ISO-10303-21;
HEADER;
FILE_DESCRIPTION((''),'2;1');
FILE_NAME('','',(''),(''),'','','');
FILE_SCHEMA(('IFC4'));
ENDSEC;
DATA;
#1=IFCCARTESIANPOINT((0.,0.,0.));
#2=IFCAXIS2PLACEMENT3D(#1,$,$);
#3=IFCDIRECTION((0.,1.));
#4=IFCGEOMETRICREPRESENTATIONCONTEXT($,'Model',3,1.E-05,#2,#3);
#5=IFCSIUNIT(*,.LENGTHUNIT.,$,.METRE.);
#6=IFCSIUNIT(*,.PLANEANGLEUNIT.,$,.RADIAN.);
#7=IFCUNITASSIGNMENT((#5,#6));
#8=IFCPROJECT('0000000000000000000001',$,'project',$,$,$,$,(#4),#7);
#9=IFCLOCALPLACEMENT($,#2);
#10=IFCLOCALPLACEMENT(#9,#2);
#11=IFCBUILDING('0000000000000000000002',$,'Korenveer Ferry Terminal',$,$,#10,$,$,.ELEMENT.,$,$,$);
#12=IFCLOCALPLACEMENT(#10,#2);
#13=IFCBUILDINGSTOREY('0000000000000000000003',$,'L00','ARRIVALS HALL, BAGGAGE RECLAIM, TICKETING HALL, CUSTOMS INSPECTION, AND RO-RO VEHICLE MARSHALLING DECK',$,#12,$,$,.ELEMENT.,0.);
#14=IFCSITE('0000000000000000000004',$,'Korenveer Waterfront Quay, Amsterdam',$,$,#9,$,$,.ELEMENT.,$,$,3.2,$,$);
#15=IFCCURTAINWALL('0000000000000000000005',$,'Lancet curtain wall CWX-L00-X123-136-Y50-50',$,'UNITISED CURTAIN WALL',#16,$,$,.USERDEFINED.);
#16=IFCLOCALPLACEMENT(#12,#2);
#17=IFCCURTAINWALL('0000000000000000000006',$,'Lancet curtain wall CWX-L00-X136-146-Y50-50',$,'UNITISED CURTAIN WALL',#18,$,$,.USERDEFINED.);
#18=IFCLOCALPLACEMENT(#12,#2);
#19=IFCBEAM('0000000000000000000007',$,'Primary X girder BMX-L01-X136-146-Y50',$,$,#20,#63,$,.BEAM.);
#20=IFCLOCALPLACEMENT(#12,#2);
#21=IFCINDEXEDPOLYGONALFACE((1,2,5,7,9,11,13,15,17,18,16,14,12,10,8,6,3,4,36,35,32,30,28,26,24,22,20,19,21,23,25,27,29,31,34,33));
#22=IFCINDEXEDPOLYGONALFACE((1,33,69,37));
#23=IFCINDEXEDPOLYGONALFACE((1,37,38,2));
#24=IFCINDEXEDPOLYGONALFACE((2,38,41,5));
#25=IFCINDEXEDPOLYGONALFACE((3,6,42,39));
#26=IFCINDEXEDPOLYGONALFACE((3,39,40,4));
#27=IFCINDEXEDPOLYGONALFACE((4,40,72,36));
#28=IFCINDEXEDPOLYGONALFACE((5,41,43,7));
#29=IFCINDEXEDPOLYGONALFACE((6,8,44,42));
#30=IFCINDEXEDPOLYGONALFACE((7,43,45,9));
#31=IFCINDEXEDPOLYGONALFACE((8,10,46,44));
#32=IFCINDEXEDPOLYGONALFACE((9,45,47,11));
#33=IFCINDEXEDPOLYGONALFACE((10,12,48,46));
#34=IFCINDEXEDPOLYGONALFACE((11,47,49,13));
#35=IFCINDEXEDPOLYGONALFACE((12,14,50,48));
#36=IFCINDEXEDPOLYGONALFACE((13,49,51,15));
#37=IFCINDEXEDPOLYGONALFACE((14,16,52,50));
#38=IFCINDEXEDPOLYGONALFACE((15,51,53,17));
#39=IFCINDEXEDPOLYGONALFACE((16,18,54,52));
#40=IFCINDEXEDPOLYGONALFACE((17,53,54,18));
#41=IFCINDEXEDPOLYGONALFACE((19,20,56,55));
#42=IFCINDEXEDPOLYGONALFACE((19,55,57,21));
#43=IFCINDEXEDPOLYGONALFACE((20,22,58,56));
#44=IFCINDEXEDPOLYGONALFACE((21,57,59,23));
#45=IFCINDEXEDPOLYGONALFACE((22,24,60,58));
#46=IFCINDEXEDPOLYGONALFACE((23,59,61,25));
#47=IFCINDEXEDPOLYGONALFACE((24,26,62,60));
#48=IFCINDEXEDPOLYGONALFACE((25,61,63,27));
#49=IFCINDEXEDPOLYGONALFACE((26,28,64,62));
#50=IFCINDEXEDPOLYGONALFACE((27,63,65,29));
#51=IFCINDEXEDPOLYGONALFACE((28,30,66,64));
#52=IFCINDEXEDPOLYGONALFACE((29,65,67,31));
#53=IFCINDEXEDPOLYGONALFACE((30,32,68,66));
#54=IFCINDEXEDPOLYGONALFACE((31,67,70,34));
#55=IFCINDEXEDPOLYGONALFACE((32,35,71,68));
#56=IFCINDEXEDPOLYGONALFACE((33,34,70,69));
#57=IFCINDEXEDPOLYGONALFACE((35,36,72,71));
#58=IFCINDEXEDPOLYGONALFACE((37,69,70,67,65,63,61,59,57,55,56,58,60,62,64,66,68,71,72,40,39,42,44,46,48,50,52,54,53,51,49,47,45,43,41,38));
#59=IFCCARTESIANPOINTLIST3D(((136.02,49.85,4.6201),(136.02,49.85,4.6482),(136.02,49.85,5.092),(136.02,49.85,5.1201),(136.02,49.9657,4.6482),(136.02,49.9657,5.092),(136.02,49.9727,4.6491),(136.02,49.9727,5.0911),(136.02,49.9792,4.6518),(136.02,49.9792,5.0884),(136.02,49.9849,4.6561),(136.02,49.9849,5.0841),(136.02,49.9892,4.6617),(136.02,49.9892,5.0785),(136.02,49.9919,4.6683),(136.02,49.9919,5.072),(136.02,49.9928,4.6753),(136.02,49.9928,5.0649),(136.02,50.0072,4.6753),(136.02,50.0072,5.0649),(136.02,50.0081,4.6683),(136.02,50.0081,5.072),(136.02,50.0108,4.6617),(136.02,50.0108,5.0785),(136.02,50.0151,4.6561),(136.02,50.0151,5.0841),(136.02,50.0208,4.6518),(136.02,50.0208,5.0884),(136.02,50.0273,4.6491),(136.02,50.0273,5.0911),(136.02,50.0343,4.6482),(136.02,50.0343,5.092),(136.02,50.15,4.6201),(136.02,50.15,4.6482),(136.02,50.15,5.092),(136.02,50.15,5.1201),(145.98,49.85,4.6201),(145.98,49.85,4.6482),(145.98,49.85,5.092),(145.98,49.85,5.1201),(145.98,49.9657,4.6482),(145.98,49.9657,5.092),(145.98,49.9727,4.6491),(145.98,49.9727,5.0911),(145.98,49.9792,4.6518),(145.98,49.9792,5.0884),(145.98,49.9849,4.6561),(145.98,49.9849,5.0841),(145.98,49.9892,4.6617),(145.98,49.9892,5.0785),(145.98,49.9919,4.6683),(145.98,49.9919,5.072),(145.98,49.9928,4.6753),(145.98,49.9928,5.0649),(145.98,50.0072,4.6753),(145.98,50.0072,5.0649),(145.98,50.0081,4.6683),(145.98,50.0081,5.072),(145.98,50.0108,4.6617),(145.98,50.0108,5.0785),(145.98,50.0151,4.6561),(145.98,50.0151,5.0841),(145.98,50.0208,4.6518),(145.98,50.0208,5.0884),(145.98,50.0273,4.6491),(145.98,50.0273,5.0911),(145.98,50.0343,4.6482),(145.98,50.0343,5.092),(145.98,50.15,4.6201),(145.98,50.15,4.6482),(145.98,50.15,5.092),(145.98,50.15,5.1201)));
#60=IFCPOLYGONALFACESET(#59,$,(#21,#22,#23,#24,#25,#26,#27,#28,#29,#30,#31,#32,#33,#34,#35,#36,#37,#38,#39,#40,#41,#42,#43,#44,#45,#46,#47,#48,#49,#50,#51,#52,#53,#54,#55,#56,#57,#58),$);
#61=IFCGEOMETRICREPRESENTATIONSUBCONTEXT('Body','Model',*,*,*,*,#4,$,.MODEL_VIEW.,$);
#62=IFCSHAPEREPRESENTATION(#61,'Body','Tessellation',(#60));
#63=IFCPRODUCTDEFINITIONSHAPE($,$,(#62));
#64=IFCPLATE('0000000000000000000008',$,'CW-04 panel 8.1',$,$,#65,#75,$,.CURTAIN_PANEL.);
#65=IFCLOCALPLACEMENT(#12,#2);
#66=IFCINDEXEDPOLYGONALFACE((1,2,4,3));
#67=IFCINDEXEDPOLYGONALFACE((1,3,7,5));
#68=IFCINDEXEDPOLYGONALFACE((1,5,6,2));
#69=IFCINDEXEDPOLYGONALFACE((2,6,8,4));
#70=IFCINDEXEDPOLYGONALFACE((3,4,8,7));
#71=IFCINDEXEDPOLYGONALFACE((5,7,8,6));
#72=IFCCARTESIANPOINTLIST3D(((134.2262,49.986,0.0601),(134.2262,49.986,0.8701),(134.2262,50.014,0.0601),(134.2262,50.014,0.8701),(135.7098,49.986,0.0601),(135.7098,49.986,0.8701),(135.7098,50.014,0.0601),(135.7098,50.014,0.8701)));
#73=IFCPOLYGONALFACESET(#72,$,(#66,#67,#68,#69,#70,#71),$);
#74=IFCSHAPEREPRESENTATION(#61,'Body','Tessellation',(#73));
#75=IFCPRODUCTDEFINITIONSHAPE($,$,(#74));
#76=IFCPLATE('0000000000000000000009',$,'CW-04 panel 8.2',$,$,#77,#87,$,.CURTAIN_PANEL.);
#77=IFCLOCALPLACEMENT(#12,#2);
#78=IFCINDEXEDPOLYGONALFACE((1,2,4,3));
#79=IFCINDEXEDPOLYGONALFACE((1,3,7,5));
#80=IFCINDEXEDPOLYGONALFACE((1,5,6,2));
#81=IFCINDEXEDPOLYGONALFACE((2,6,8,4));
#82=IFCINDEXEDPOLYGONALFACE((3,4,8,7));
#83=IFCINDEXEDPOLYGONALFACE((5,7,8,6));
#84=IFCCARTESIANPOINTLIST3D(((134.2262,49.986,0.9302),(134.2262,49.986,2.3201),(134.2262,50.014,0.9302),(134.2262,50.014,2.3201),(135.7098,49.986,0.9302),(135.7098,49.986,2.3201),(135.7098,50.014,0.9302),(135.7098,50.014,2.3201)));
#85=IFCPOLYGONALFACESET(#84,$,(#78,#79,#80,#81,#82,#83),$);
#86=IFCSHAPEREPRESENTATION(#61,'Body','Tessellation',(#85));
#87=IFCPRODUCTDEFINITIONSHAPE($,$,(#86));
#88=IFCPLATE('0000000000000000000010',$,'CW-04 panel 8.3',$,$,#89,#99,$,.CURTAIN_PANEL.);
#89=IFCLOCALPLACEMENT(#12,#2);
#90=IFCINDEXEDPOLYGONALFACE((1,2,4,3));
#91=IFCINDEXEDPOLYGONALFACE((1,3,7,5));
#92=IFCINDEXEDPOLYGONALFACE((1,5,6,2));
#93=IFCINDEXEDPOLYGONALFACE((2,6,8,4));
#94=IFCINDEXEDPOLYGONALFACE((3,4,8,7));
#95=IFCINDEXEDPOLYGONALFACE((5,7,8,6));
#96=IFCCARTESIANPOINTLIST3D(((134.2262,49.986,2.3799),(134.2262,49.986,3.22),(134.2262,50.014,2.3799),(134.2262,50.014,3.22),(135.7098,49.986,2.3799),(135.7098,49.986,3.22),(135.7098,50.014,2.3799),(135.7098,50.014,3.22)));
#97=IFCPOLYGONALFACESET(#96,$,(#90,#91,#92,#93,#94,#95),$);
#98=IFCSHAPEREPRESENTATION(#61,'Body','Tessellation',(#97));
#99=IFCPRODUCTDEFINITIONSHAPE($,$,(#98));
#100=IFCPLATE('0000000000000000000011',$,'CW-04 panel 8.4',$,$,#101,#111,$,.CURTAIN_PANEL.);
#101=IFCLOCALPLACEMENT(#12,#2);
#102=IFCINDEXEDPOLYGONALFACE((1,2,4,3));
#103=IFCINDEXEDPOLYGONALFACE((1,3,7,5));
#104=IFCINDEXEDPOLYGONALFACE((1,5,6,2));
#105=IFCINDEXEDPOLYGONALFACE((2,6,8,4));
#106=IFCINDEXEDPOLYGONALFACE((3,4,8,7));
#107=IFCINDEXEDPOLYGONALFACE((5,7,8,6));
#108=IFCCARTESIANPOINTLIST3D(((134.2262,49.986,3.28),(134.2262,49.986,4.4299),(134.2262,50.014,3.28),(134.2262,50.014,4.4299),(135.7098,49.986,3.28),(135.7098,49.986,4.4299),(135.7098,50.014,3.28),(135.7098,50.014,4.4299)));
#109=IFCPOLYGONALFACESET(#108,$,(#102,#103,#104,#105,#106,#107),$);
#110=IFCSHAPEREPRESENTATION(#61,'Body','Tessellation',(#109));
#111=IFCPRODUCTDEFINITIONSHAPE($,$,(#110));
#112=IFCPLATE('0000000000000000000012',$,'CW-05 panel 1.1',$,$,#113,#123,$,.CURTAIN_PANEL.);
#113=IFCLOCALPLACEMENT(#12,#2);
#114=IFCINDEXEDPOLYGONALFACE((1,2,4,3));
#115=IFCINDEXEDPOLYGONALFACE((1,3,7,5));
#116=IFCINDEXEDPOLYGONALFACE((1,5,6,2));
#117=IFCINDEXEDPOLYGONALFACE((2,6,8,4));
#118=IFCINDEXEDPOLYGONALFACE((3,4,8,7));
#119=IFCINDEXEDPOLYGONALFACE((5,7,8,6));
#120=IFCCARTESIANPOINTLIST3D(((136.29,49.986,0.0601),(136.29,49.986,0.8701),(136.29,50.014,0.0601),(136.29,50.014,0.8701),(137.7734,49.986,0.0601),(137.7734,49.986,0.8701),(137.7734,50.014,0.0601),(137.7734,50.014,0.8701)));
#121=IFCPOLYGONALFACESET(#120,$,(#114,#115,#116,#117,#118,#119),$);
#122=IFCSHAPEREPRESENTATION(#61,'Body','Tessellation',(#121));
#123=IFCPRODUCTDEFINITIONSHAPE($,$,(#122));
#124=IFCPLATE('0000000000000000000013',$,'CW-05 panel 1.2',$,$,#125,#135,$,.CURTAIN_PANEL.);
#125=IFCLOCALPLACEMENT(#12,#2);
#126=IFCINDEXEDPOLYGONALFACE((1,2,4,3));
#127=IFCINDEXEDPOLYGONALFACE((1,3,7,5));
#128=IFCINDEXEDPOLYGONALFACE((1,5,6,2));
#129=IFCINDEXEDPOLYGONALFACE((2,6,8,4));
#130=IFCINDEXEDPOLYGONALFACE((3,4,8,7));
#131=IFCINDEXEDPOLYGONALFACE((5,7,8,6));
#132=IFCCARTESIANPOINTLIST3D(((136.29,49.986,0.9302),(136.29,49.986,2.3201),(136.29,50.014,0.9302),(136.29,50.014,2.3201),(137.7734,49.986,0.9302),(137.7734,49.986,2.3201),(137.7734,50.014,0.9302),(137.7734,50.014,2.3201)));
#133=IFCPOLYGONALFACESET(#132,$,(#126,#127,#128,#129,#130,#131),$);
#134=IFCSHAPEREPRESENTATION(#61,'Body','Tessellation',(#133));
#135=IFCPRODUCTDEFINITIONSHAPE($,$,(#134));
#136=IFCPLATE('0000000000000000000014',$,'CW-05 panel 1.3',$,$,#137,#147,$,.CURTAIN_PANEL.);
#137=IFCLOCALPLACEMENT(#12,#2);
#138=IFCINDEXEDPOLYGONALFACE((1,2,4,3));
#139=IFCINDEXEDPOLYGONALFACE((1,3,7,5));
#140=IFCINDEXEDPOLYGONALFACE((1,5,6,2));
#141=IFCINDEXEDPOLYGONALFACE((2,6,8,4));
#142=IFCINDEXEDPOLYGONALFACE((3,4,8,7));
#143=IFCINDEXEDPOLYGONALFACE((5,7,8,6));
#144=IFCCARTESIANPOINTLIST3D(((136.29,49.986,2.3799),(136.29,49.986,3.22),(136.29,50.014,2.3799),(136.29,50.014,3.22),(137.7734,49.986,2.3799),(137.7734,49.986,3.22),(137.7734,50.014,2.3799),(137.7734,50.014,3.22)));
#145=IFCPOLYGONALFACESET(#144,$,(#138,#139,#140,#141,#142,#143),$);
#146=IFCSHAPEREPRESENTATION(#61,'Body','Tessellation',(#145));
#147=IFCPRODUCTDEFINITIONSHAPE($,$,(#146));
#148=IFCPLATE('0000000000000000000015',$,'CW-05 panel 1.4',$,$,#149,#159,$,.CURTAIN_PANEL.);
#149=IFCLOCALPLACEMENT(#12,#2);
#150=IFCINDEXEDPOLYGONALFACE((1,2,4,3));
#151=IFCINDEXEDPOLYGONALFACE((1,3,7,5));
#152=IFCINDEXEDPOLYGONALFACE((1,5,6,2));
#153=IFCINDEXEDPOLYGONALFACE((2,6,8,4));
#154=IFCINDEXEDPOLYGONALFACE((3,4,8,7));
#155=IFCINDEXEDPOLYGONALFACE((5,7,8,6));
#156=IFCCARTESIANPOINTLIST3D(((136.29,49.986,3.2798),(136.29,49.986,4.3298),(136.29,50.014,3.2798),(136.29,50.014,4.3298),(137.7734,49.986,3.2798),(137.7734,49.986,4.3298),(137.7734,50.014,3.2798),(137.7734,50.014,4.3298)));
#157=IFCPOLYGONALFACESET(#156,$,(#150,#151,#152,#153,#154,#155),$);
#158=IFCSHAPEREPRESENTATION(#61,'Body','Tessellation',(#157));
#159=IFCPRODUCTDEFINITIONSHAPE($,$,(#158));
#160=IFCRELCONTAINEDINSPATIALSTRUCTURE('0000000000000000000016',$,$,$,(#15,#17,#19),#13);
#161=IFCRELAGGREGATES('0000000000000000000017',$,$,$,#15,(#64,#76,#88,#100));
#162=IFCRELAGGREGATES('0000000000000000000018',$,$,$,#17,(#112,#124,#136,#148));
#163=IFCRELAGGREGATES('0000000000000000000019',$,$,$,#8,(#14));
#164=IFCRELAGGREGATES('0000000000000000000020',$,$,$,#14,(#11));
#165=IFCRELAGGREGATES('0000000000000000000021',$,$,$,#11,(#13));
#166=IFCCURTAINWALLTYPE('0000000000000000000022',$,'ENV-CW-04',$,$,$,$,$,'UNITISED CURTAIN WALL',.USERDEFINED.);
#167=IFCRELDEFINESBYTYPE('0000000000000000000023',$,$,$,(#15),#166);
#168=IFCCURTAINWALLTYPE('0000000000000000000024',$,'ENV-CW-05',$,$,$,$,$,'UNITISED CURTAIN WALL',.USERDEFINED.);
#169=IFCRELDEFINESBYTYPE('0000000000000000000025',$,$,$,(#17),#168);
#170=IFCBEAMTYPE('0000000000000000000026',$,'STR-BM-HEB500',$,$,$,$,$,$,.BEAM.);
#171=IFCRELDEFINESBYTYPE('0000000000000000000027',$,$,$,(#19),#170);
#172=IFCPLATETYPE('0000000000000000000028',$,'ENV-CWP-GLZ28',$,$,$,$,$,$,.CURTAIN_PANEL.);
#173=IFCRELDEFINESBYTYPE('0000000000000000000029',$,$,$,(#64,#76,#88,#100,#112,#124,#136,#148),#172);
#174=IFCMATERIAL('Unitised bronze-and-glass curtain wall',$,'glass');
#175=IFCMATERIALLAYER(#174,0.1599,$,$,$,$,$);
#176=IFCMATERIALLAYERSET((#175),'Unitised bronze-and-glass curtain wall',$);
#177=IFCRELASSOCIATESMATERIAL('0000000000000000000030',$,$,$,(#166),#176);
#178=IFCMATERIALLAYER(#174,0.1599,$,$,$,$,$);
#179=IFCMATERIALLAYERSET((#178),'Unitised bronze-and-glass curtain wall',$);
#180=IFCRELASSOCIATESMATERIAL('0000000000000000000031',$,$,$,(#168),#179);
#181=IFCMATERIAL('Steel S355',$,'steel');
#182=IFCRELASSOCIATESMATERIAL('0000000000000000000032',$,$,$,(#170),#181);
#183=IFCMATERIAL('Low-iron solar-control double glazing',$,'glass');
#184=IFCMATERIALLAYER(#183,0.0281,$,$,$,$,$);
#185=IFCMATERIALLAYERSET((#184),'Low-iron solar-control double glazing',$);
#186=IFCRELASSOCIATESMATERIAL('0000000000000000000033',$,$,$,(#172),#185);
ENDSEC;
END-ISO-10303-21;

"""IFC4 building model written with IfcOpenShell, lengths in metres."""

from ifc_helpers import new_model, si_unit, direction, frame, origin, origin_2d, place, context, subcontext, project, spatial, rectangle, i_section, extrude, material, layer, layer_set, material_profile, profile_set, type_object, element, aggregate, save


model = new_model("IFC4")

# Units and contexts
model_context = context("Model", 3, precision=1e-05, world=origin(), true_north=direction((0.0, 1.0)))
body_context = subcontext(model_context, "Body", "Model", "MODEL_VIEW")
ifc_project = project(units=[si_unit("LENGTHUNIT", "METRE"), si_unit("PLANEANGLEUNIT", "RADIAN")], contexts=[model_context])

# Site, building, storey
site_placement = place(None, origin())
site = spatial("IfcSite", under=ifc_project, at=site_placement, Name="Korenveer Waterfront Quay, Amsterdam", CompositionType="ELEMENT", RefElevation=3.2)
building_placement = place(site_placement, origin())
building = spatial("IfcBuilding", under=site, at=building_placement, Name="Korenveer Ferry Terminal", CompositionType="ELEMENT")
storey_placement = place(building_placement, origin())
storey = spatial("IfcBuildingStorey", under=building, at=storey_placement, Name="L00", Description="ARRIVALS HALL, BAGGAGE RECLAIM, TICKETING HALL, CUSTOMS INSPECTION, AND RO-RO VEHICLE MARSHALLING DECK", CompositionType="ELEMENT", Elevation=0.0)

# Curtain walls
ifc_material_1 = material(Name="Unitised bronze-and-glass curtain wall", Category="glass")
ifc_layer_1 = layer(ifc_material_1, 0.1599)
ifc_layer_set_1 = layer_set([ifc_layer_1], Name="Unitised bronze-and-glass curtain wall")
curtain_wall_type_1 = type_object("IfcCurtainWallType", Name="ENV-CW-04", ElementType="UNITISED CURTAIN WALL", PredefinedType="USERDEFINED", material=ifc_layer_set_1)
curtain_wall_1_placement = place(storey_placement, frame((123.1799, 50.0, 0.0)))
curtain_wall_1 = element("IfcCurtainWall", 1, at=curtain_wall_1_placement, inside=storey, type_object=curtain_wall_type_1, Name="Lancet curtain wall CWX-L00-X123-136-Y50-50", ObjectType="UNITISED CURTAIN WALL", PredefinedType="USERDEFINED")
ifc_layer_2 = layer(ifc_material_1, 0.1599)
ifc_layer_set_2 = layer_set([ifc_layer_2], Name="Unitised bronze-and-glass curtain wall")
curtain_wall_type_2 = type_object("IfcCurtainWallType", Name="ENV-CW-05", ElementType="UNITISED CURTAIN WALL", PredefinedType="USERDEFINED", material=ifc_layer_set_2)
curtain_wall_2_placement = place(storey_placement, frame((136.23, 50.0, 0.0)))
curtain_wall_2 = element("IfcCurtainWall", 2, at=curtain_wall_2_placement, inside=storey, type_object=curtain_wall_type_2, Name="Lancet curtain wall CWX-L00-X136-146-Y50-50", ObjectType="UNITISED CURTAIN WALL", PredefinedType="USERDEFINED")

# Beam
ifc_material_2 = material(Name="Steel S355", Category="steel")
ifc_material_profile_1 = material_profile(ifc_material_2, i_section(OverallWidth=0.3, OverallDepth=0.5, WebThickness=0.0144, FlangeThickness=0.0281, FilletRadius=0.0271, at=origin_2d()), Name="HEB 500")
ifc_profile_set_1 = profile_set([ifc_material_profile_1], Name="Steel S355")
beam_type = type_object("IfcBeamType", Name="STR-BM-HEB500", PredefinedType="BEAM", material=ifc_profile_set_1)
beam_placement = place(storey_placement, frame((136.02, 50.0, 4.8701), z_axis=(1.0, 0.0, 0.0), x_axis=(0.0, 1.0, 0.0)))
element("IfcBeam", 3, at=beam_placement, inside=storey, type_object=beam_type, Name="Primary X girder BMX-L01-X136-146-Y50", PredefinedType="BEAM", context=body_context, shape_type="SweptSolid", body=[
    extrude(i_section(OverallWidth=0.3, OverallDepth=0.5, WebThickness=0.0144, FlangeThickness=0.0281, FilletRadius=0.0271, at=origin_2d()), origin(), (0.0, 0.0, 1.0), 9.96),
])

# Plates
ifc_material_3 = material(Name="Low-iron solar-control double glazing", Category="glass")
ifc_layer_3 = layer(ifc_material_3, 0.0281)
ifc_layer_set_3 = layer_set([ifc_layer_3], Name="Low-iron solar-control double glazing")
plate_type = type_object("IfcPlateType", Name="ENV-CWP-GLZ28", PredefinedType="CURTAIN_PANEL", material=ifc_layer_set_3)
plate_1_placement = place(storey_placement, frame((134.968, 50.0, 0.0601), z_axis=(0.0, 0.0, 1.0), x_axis=(1.0, 0.0, 0.0)))
plate_1 = element("IfcPlate", 4, at=plate_1_placement, type_object=plate_type, Name="CW-04 panel 8.1", PredefinedType="CURTAIN_PANEL", context=body_context, shape_type="SweptSolid", body=[
    extrude(rectangle(XDim=1.4836, YDim=0.0281, at=origin_2d()), origin(), (0.0, 0.0, 1.0), 0.8101),
])
plate_2_placement = place(storey_placement, frame((134.968, 50.0, 0.9302), z_axis=(0.0, 0.0, 1.0), x_axis=(1.0, 0.0, 0.0)))
plate_2 = element("IfcPlate", 5, at=plate_2_placement, type_object=plate_type, Name="CW-04 panel 8.2", PredefinedType="CURTAIN_PANEL", context=body_context, shape_type="SweptSolid", body=[
    extrude(rectangle(XDim=1.4836, YDim=0.0281, at=origin_2d()), origin(), (0.0, 0.0, 1.0), 1.3899),
])
plate_3_placement = place(storey_placement, frame((134.968, 50.0, 2.3799), z_axis=(0.0, 0.0, 1.0), x_axis=(1.0, 0.0, 0.0)))
plate_3 = element("IfcPlate", 6, at=plate_3_placement, type_object=plate_type, Name="CW-04 panel 8.3", PredefinedType="CURTAIN_PANEL", context=body_context, shape_type="SweptSolid", body=[
    extrude(rectangle(XDim=1.4836, YDim=0.0281, at=origin_2d()), origin(), (0.0, 0.0, 1.0), 0.8401),
])
plate_4_placement = place(storey_placement, frame((134.968, 50.0, 3.28), z_axis=(0.0, 0.0, 1.0), x_axis=(1.0, 0.0, 0.0)))
plate_4 = element("IfcPlate", 7, at=plate_4_placement, type_object=plate_type, Name="CW-04 panel 8.4", PredefinedType="CURTAIN_PANEL", context=body_context, shape_type="SweptSolid", body=[
    extrude(rectangle(XDim=1.4836, YDim=0.0281, at=origin_2d()), origin(), (0.0, 0.0, 1.0), 1.1499),
])
aggregate(curtain_wall_1, [plate_1, plate_2, plate_3, plate_4])
plate_5_placement = place(storey_placement, frame((137.0317, 50.0, 0.0601), z_axis=(0.0, 0.0, 1.0), x_axis=(1.0, 0.0, 0.0)))
plate_5 = element("IfcPlate", 8, at=plate_5_placement, type_object=plate_type, Name="CW-05 panel 1.1", PredefinedType="CURTAIN_PANEL", context=body_context, shape_type="SweptSolid", body=[
    extrude(rectangle(XDim=1.4834, YDim=0.0281, at=origin_2d()), origin(), (0.0, 0.0, 1.0), 0.8101),
])
plate_6_placement = place(storey_placement, frame((137.0317, 50.0, 0.9302), z_axis=(0.0, 0.0, 1.0), x_axis=(1.0, 0.0, 0.0)))
plate_6 = element("IfcPlate", 9, at=plate_6_placement, type_object=plate_type, Name="CW-05 panel 1.2", PredefinedType="CURTAIN_PANEL", context=body_context, shape_type="SweptSolid", body=[
    extrude(rectangle(XDim=1.4834, YDim=0.0281, at=origin_2d()), origin(), (0.0, 0.0, 1.0), 1.3899),
])
plate_7_placement = place(storey_placement, frame((137.0317, 50.0, 2.3799), z_axis=(0.0, 0.0, 1.0), x_axis=(1.0, 0.0, 0.0)))
plate_7 = element("IfcPlate", 10, at=plate_7_placement, type_object=plate_type, Name="CW-05 panel 1.3", PredefinedType="CURTAIN_PANEL", context=body_context, shape_type="SweptSolid", body=[
    extrude(rectangle(XDim=1.4834, YDim=0.0281, at=origin_2d()), origin(), (0.0, 0.0, 1.0), 0.8401),
])
plate_8_placement = place(storey_placement, frame((137.0317, 50.0, 3.2798), z_axis=(0.0, 0.0, 1.0), x_axis=(1.0, 0.0, 0.0)))
plate_8 = element("IfcPlate", 11, at=plate_8_placement, type_object=plate_type, Name="CW-05 panel 1.4", PredefinedType="CURTAIN_PANEL", context=body_context, shape_type="SweptSolid", body=[
    extrude(rectangle(XDim=1.4834, YDim=0.0281, at=origin_2d()), origin(), (0.0, 0.0, 1.0), 1.05),
])
aggregate(curtain_wall_2, [plate_5, plate_6, plate_7, plate_8])

save(model, "model.ifc")
